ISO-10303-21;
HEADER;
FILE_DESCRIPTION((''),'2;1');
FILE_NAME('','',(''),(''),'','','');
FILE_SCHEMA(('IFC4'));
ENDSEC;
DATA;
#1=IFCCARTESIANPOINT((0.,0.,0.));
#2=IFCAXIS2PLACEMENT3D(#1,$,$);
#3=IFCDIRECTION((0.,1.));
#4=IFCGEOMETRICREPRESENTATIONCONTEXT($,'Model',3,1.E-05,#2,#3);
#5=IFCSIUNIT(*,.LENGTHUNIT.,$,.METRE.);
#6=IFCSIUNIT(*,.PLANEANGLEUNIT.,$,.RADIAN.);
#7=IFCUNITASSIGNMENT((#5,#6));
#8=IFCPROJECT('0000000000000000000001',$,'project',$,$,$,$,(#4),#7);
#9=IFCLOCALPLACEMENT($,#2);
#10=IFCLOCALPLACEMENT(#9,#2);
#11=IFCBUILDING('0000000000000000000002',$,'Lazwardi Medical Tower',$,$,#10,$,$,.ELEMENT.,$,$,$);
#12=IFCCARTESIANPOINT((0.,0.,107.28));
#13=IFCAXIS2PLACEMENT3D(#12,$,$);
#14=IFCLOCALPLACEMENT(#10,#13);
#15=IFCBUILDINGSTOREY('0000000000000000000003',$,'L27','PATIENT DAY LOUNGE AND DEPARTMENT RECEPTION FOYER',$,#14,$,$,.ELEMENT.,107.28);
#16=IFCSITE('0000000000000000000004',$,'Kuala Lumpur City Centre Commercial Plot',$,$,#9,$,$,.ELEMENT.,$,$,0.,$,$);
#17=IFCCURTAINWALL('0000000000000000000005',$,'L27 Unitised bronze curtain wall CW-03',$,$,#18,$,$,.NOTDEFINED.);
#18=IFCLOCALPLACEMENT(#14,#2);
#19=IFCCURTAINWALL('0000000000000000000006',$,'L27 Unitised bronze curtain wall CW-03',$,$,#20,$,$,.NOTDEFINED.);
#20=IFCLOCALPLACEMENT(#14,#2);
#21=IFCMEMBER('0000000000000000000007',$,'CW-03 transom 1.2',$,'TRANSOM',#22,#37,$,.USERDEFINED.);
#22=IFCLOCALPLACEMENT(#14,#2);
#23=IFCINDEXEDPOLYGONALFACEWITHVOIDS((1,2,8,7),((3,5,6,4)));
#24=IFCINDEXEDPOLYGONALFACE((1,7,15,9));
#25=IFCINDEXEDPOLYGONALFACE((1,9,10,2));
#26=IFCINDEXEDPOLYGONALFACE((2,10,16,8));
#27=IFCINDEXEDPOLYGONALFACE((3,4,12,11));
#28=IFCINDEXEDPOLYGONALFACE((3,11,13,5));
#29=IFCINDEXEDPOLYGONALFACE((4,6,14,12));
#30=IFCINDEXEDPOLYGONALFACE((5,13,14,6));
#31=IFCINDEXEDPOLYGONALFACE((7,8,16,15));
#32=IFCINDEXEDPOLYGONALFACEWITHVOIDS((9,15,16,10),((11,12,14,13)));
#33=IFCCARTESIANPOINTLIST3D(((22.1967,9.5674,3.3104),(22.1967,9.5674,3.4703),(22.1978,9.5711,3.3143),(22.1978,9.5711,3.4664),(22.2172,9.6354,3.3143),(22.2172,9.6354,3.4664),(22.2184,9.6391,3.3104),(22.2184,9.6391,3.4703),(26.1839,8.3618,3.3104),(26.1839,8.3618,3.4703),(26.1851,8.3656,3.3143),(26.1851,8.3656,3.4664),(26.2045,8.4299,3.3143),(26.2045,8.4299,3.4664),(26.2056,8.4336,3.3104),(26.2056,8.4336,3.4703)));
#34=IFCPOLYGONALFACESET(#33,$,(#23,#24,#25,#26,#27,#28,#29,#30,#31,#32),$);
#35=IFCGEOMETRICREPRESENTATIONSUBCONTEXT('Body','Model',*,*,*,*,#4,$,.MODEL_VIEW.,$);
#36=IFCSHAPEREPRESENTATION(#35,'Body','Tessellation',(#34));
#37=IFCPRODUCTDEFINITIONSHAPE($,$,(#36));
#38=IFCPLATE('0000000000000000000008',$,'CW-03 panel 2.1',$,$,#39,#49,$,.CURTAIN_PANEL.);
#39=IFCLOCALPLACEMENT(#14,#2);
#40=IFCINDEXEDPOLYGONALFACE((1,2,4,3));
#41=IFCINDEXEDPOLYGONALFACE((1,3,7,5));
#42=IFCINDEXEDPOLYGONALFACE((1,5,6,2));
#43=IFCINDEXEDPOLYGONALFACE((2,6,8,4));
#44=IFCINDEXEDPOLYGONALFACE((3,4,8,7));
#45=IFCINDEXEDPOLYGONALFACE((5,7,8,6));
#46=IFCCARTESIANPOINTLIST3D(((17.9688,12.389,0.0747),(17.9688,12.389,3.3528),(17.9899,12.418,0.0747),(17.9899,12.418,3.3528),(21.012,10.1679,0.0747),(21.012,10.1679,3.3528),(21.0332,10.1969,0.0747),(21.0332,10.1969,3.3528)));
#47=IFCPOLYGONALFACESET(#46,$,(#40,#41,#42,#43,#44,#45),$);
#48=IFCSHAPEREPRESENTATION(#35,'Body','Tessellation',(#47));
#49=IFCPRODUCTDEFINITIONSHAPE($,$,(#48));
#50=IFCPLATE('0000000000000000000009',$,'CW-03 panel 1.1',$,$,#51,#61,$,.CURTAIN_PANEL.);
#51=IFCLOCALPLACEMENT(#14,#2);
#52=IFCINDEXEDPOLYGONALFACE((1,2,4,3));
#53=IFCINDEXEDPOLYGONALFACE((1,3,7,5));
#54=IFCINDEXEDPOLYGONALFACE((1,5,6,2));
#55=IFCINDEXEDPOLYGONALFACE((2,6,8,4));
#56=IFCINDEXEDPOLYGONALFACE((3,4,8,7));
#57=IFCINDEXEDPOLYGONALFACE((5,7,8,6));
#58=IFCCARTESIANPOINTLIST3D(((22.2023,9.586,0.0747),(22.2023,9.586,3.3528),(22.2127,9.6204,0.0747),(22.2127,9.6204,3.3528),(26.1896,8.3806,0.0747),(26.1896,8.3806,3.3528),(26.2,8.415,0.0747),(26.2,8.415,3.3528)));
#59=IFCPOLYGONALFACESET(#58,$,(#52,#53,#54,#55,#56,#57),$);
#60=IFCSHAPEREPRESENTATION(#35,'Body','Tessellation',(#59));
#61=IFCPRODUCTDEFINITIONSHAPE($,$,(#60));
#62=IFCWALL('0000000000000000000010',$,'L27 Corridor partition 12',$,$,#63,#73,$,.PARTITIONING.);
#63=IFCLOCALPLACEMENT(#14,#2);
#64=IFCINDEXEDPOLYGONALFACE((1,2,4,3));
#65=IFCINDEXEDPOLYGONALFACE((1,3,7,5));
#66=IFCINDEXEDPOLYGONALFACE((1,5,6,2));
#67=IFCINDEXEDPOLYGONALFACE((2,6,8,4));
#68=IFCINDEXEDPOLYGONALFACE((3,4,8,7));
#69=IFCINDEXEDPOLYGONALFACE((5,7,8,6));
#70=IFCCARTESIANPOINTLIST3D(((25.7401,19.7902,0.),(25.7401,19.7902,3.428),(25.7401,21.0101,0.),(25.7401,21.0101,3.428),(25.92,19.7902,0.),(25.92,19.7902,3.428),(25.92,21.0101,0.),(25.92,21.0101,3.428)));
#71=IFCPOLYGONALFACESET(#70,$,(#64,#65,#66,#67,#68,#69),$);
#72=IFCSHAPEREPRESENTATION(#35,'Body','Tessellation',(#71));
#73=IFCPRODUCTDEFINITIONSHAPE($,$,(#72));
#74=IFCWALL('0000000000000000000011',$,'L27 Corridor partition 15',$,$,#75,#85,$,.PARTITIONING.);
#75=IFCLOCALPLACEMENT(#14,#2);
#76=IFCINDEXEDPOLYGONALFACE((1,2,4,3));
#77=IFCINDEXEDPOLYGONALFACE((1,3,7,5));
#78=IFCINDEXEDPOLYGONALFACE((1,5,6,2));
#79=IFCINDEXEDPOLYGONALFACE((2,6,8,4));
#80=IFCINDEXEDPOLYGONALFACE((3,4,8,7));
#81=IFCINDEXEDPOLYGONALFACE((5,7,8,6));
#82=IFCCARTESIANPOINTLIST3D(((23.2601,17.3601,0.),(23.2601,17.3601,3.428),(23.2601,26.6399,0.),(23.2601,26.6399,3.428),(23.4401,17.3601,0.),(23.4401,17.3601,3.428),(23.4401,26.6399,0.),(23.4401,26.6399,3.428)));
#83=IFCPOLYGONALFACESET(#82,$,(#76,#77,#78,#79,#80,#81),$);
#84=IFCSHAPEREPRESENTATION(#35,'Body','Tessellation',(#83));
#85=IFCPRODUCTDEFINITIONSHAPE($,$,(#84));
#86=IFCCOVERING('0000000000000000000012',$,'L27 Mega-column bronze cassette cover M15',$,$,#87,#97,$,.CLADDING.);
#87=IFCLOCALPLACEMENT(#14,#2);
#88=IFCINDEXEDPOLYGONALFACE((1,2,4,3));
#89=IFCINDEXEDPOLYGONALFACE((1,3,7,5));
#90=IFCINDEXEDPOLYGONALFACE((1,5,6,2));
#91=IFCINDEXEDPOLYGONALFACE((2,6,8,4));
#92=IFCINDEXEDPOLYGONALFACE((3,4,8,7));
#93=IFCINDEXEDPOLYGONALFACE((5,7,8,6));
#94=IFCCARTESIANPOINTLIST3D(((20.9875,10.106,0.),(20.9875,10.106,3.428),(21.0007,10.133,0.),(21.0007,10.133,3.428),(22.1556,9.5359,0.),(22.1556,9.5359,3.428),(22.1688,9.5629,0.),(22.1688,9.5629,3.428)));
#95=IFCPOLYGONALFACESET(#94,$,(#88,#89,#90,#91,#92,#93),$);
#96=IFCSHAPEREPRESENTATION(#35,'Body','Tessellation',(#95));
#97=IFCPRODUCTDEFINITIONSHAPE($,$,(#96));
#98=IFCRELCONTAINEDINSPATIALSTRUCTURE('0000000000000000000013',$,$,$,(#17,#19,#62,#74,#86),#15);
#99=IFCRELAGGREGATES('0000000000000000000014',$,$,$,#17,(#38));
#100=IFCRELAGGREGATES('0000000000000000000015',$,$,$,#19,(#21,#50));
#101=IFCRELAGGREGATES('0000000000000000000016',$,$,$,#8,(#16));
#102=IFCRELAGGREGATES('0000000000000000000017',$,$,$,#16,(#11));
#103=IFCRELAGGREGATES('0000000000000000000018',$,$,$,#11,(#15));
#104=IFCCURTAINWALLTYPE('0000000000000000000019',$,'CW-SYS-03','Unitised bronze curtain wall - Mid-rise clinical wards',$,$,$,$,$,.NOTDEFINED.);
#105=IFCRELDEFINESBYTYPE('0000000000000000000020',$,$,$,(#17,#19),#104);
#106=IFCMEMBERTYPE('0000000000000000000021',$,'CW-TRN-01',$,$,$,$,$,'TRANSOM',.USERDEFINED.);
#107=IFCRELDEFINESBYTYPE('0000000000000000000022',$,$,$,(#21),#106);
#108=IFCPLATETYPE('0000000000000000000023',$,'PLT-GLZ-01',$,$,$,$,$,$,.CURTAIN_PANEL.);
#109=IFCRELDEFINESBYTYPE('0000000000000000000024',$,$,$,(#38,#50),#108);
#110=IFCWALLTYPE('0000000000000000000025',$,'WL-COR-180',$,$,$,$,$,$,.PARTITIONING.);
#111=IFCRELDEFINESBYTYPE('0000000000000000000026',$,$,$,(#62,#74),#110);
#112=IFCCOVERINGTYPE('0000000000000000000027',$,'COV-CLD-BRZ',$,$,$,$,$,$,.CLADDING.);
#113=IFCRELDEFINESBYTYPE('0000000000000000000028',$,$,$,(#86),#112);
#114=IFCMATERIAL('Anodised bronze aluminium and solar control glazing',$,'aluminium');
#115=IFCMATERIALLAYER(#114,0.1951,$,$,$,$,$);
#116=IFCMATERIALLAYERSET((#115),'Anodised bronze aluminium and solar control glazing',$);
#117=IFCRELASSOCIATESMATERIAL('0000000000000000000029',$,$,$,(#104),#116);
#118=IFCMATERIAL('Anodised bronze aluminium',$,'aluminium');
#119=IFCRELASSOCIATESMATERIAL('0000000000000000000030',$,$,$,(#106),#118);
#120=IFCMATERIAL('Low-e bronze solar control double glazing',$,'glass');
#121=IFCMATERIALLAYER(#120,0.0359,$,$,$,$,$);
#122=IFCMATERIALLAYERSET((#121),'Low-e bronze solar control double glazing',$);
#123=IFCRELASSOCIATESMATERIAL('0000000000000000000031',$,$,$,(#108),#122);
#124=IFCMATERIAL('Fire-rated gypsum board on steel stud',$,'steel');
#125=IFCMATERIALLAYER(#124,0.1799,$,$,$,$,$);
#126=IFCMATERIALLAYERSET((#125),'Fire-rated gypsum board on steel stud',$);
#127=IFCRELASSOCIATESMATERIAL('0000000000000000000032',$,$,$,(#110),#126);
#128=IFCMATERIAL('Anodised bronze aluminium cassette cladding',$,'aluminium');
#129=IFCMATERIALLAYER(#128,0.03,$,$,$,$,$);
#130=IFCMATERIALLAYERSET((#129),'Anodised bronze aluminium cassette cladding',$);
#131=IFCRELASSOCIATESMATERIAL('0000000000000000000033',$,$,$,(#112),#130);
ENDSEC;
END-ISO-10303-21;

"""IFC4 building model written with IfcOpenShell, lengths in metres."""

from ifc_helpers import new_model, si_unit, direction, frame, frame_2d, origin, origin_2d, place, context, subcontext, project, spatial, rectangle, hollow_rectangle, extrude, material, layer, layer_set, material_profile, profile_set, type_object, element, aggregate, save


model = new_model("IFC4")

# Units and contexts
model_context = context("Model", 3, precision=1e-05, world=origin(), true_north=direction((0.0, 1.0)))
body_context = subcontext(model_context, "Body", "Model", "MODEL_VIEW")
ifc_project = project(units=[si_unit("LENGTHUNIT", "METRE"), si_unit("PLANEANGLEUNIT", "RADIAN")], contexts=[model_context])

# Site, building, storey
site_placement = place(None, origin())
site = spatial("IfcSite", under=ifc_project, at=site_placement, Name="Kuala Lumpur City Centre Commercial Plot", CompositionType="ELEMENT", RefElevation=0.0)
building_placement = place(site_placement, origin())
building = spatial("IfcBuilding", under=site, at=building_placement, Name="Lazwardi Medical Tower", CompositionType="ELEMENT")
storey_placement = place(building_placement, frame((0.0, 0.0, 107.28)))
storey = spatial("IfcBuildingStorey", under=building, at=storey_placement, Name="L27", Description="PATIENT DAY LOUNGE AND DEPARTMENT RECEPTION FOYER", CompositionType="ELEMENT", Elevation=107.28)

# Curtain wall
ifc_material_1 = material(Name="Anodised bronze aluminium and solar control glazing", Category="aluminium")
ifc_layer_1 = layer(ifc_material_1, 0.1951)
ifc_layer_set_1 = layer_set([ifc_layer_1], Name="Anodised bronze aluminium and solar control glazing")
curtain_wall_type = type_object("IfcCurtainWallType", Name="CW-SYS-03", Description="Unitised bronze curtain wall - Mid-rise clinical wards", PredefinedType="NOTDEFINED", material=ifc_layer_set_1)
curtain_wall_1_placement = place(storey_placement, origin())
curtain_wall_1 = element("IfcCurtainWall", 1, at=curtain_wall_1_placement, inside=storey, type_object=curtain_wall_type, Name="L27 Unitised bronze curtain wall CW-03", PredefinedType="NOTDEFINED")
ifc_material_2 = material(Name="Anodised bronze aluminium", Category="aluminium")

# Curtain wall
curtain_wall_2_placement = place(storey_placement, origin())
curtain_wall_2 = element("IfcCurtainWall", 2, at=curtain_wall_2_placement, inside=storey, type_object=curtain_wall_type, Name="L27 Unitised bronze curtain wall CW-03", PredefinedType="NOTDEFINED")

# Member
ifc_material_profile_1 = material_profile(ifc_material_2, hollow_rectangle(XDim=0.075, YDim=0.1599, WallThickness=0.0039, at=origin_2d()), Name="ALU-TRANSOM 160x75x4")
ifc_profile_set_1 = profile_set([ifc_material_profile_1], Name="Anodised bronze aluminium")
member_type_1 = type_object("IfcMemberType", Name="CW-TRN-01", ElementType="TRANSOM", PredefinedType="USERDEFINED", material=ifc_profile_set_1)
member_1_placement = place(storey_placement, frame((22.2075, 9.6033, 3.3904), z_axis=(0.957205, -0.289412, 0.0), x_axis=(0.289412, 0.957205, 0.0)))
member_1 = element("IfcMember", 3, at=member_1_placement, type_object=member_type_1, Name="CW-03 transom 1.2", ObjectType="TRANSOM", PredefinedType="USERDEFINED", context=body_context, shape_type="SweptSolid", body=[
    extrude(hollow_rectangle(XDim=0.075, YDim=0.1599, WallThickness=0.0039, at=origin_2d()), origin(), (0.0, 0.0, 1.0), 4.1655),
])

# Plates
ifc_material_3 = material(Name="Low-e bronze solar control double glazing", Category="glass")
ifc_layer_2 = layer(ifc_material_3, 0.0359)
ifc_layer_set_2 = layer_set([ifc_layer_2], Name="Low-e bronze solar control double glazing")
plate_type = type_object("IfcPlateType", Name="PLT-GLZ-01", PredefinedType="CURTAIN_PANEL", material=ifc_layer_set_2)
plate_1_placement = place(storey_placement, frame((19.501, 11.293, 0.0747), z_axis=(0.0, 0.0, 1.0), x_axis=(0.807746, -0.589531, 0.0)))
plate_1 = element("IfcPlate", 4, at=plate_1_placement, type_object=plate_type, Name="CW-03 panel 2.1", PredefinedType="CURTAIN_PANEL", context=body_context, shape_type="SweptSolid", body=[
    extrude(rectangle(XDim=3.7676, YDim=0.0359, at=origin_2d()), origin(), (0.0, 0.0, 1.0), 3.2781),
])
aggregate(curtain_wall_1, [plate_1])
plate_2_placement = place(storey_placement, frame((24.2012, 9.0005, 0.0747), z_axis=(0.0, 0.0, 1.0), x_axis=(0.957216, -0.289374, 0.0)))
plate_2 = element("IfcPlate", 5, at=plate_2_placement, type_object=plate_type, Name="CW-03 panel 1.1", PredefinedType="CURTAIN_PANEL", context=body_context, shape_type="SweptSolid", body=[
    extrude(rectangle(XDim=4.1655, YDim=0.0359, at=origin_2d()), origin(), (0.0, 0.0, 1.0), 3.2781),
])
aggregate(curtain_wall_2, [member_1, plate_2])

# Walls
ifc_material_4 = material(Name="Fire-rated gypsum board on steel stud", Category="steel")
ifc_layer_3 = layer(ifc_material_4, 0.1799)
ifc_layer_set_3 = layer_set([ifc_layer_3], Name="Fire-rated gypsum board on steel stud")
wall_type = type_object("IfcWallType", Name="WL-COR-180", PredefinedType="PARTITIONING", material=ifc_layer_set_3)
wall_1_placement = place(storey_placement, frame((25.8301, 21.01, 0.0), z_axis=(0.0, 0.0, 1.0), x_axis=(0.0, -1.0, 0.0)))
element("IfcWall", 6, at=wall_1_placement, inside=storey, type_object=wall_type, Name="L27 Corridor partition 12", PredefinedType="PARTITIONING", context=body_context, shape_type="SweptSolid", body=[
    extrude(rectangle(XDim=1.22, YDim=0.1799, at=frame_2d((0.6099, 0.0))), origin(), (0.0, 0.0, 1.0), 3.428),
])
wall_2_placement = place(storey_placement, frame((23.3501, 17.3601, 0.0), z_axis=(0.0, 0.0, 1.0), x_axis=(0.0, 1.0, 0.0)))
element("IfcWall", 7, at=wall_2_placement, inside=storey, type_object=wall_type, Name="L27 Corridor partition 15", PredefinedType="PARTITIONING", context=body_context, shape_type="SweptSolid", body=[
    extrude(rectangle(XDim=9.2798, YDim=0.1799, at=frame_2d((4.6399, 0.0))), origin(), (0.0, 0.0, 1.0), 3.428),
])

# Covering
ifc_material_5 = material(Name="Anodised bronze aluminium cassette cladding", Category="aluminium")
ifc_layer_4 = layer(ifc_material_5, 0.03)
ifc_layer_set_4 = layer_set([ifc_layer_4], Name="Anodised bronze aluminium cassette cladding")
covering_type = type_object("IfcCoveringType", Name="COV-CLD-BRZ", PredefinedType="CLADDING", material=ifc_layer_set_4)
covering_placement = place(storey_placement, frame((21.5781, 9.8345, 0.0), z_axis=(0.0, 0.0, 1.0), x_axis=(0.898679, -0.438606, 0.0)))
element("IfcCovering", 8, at=covering_placement, inside=storey, type_object=covering_type, Name="L27 Mega-column bronze cassette cover M15", PredefinedType="CLADDING", context=body_context, shape_type="SweptSolid", body=[
    extrude(rectangle(XDim=1.2998, YDim=0.03, at=origin_2d()), origin(), (0.0, 0.0, 1.0), 3.428),
])

save(model, "model.ifc")
